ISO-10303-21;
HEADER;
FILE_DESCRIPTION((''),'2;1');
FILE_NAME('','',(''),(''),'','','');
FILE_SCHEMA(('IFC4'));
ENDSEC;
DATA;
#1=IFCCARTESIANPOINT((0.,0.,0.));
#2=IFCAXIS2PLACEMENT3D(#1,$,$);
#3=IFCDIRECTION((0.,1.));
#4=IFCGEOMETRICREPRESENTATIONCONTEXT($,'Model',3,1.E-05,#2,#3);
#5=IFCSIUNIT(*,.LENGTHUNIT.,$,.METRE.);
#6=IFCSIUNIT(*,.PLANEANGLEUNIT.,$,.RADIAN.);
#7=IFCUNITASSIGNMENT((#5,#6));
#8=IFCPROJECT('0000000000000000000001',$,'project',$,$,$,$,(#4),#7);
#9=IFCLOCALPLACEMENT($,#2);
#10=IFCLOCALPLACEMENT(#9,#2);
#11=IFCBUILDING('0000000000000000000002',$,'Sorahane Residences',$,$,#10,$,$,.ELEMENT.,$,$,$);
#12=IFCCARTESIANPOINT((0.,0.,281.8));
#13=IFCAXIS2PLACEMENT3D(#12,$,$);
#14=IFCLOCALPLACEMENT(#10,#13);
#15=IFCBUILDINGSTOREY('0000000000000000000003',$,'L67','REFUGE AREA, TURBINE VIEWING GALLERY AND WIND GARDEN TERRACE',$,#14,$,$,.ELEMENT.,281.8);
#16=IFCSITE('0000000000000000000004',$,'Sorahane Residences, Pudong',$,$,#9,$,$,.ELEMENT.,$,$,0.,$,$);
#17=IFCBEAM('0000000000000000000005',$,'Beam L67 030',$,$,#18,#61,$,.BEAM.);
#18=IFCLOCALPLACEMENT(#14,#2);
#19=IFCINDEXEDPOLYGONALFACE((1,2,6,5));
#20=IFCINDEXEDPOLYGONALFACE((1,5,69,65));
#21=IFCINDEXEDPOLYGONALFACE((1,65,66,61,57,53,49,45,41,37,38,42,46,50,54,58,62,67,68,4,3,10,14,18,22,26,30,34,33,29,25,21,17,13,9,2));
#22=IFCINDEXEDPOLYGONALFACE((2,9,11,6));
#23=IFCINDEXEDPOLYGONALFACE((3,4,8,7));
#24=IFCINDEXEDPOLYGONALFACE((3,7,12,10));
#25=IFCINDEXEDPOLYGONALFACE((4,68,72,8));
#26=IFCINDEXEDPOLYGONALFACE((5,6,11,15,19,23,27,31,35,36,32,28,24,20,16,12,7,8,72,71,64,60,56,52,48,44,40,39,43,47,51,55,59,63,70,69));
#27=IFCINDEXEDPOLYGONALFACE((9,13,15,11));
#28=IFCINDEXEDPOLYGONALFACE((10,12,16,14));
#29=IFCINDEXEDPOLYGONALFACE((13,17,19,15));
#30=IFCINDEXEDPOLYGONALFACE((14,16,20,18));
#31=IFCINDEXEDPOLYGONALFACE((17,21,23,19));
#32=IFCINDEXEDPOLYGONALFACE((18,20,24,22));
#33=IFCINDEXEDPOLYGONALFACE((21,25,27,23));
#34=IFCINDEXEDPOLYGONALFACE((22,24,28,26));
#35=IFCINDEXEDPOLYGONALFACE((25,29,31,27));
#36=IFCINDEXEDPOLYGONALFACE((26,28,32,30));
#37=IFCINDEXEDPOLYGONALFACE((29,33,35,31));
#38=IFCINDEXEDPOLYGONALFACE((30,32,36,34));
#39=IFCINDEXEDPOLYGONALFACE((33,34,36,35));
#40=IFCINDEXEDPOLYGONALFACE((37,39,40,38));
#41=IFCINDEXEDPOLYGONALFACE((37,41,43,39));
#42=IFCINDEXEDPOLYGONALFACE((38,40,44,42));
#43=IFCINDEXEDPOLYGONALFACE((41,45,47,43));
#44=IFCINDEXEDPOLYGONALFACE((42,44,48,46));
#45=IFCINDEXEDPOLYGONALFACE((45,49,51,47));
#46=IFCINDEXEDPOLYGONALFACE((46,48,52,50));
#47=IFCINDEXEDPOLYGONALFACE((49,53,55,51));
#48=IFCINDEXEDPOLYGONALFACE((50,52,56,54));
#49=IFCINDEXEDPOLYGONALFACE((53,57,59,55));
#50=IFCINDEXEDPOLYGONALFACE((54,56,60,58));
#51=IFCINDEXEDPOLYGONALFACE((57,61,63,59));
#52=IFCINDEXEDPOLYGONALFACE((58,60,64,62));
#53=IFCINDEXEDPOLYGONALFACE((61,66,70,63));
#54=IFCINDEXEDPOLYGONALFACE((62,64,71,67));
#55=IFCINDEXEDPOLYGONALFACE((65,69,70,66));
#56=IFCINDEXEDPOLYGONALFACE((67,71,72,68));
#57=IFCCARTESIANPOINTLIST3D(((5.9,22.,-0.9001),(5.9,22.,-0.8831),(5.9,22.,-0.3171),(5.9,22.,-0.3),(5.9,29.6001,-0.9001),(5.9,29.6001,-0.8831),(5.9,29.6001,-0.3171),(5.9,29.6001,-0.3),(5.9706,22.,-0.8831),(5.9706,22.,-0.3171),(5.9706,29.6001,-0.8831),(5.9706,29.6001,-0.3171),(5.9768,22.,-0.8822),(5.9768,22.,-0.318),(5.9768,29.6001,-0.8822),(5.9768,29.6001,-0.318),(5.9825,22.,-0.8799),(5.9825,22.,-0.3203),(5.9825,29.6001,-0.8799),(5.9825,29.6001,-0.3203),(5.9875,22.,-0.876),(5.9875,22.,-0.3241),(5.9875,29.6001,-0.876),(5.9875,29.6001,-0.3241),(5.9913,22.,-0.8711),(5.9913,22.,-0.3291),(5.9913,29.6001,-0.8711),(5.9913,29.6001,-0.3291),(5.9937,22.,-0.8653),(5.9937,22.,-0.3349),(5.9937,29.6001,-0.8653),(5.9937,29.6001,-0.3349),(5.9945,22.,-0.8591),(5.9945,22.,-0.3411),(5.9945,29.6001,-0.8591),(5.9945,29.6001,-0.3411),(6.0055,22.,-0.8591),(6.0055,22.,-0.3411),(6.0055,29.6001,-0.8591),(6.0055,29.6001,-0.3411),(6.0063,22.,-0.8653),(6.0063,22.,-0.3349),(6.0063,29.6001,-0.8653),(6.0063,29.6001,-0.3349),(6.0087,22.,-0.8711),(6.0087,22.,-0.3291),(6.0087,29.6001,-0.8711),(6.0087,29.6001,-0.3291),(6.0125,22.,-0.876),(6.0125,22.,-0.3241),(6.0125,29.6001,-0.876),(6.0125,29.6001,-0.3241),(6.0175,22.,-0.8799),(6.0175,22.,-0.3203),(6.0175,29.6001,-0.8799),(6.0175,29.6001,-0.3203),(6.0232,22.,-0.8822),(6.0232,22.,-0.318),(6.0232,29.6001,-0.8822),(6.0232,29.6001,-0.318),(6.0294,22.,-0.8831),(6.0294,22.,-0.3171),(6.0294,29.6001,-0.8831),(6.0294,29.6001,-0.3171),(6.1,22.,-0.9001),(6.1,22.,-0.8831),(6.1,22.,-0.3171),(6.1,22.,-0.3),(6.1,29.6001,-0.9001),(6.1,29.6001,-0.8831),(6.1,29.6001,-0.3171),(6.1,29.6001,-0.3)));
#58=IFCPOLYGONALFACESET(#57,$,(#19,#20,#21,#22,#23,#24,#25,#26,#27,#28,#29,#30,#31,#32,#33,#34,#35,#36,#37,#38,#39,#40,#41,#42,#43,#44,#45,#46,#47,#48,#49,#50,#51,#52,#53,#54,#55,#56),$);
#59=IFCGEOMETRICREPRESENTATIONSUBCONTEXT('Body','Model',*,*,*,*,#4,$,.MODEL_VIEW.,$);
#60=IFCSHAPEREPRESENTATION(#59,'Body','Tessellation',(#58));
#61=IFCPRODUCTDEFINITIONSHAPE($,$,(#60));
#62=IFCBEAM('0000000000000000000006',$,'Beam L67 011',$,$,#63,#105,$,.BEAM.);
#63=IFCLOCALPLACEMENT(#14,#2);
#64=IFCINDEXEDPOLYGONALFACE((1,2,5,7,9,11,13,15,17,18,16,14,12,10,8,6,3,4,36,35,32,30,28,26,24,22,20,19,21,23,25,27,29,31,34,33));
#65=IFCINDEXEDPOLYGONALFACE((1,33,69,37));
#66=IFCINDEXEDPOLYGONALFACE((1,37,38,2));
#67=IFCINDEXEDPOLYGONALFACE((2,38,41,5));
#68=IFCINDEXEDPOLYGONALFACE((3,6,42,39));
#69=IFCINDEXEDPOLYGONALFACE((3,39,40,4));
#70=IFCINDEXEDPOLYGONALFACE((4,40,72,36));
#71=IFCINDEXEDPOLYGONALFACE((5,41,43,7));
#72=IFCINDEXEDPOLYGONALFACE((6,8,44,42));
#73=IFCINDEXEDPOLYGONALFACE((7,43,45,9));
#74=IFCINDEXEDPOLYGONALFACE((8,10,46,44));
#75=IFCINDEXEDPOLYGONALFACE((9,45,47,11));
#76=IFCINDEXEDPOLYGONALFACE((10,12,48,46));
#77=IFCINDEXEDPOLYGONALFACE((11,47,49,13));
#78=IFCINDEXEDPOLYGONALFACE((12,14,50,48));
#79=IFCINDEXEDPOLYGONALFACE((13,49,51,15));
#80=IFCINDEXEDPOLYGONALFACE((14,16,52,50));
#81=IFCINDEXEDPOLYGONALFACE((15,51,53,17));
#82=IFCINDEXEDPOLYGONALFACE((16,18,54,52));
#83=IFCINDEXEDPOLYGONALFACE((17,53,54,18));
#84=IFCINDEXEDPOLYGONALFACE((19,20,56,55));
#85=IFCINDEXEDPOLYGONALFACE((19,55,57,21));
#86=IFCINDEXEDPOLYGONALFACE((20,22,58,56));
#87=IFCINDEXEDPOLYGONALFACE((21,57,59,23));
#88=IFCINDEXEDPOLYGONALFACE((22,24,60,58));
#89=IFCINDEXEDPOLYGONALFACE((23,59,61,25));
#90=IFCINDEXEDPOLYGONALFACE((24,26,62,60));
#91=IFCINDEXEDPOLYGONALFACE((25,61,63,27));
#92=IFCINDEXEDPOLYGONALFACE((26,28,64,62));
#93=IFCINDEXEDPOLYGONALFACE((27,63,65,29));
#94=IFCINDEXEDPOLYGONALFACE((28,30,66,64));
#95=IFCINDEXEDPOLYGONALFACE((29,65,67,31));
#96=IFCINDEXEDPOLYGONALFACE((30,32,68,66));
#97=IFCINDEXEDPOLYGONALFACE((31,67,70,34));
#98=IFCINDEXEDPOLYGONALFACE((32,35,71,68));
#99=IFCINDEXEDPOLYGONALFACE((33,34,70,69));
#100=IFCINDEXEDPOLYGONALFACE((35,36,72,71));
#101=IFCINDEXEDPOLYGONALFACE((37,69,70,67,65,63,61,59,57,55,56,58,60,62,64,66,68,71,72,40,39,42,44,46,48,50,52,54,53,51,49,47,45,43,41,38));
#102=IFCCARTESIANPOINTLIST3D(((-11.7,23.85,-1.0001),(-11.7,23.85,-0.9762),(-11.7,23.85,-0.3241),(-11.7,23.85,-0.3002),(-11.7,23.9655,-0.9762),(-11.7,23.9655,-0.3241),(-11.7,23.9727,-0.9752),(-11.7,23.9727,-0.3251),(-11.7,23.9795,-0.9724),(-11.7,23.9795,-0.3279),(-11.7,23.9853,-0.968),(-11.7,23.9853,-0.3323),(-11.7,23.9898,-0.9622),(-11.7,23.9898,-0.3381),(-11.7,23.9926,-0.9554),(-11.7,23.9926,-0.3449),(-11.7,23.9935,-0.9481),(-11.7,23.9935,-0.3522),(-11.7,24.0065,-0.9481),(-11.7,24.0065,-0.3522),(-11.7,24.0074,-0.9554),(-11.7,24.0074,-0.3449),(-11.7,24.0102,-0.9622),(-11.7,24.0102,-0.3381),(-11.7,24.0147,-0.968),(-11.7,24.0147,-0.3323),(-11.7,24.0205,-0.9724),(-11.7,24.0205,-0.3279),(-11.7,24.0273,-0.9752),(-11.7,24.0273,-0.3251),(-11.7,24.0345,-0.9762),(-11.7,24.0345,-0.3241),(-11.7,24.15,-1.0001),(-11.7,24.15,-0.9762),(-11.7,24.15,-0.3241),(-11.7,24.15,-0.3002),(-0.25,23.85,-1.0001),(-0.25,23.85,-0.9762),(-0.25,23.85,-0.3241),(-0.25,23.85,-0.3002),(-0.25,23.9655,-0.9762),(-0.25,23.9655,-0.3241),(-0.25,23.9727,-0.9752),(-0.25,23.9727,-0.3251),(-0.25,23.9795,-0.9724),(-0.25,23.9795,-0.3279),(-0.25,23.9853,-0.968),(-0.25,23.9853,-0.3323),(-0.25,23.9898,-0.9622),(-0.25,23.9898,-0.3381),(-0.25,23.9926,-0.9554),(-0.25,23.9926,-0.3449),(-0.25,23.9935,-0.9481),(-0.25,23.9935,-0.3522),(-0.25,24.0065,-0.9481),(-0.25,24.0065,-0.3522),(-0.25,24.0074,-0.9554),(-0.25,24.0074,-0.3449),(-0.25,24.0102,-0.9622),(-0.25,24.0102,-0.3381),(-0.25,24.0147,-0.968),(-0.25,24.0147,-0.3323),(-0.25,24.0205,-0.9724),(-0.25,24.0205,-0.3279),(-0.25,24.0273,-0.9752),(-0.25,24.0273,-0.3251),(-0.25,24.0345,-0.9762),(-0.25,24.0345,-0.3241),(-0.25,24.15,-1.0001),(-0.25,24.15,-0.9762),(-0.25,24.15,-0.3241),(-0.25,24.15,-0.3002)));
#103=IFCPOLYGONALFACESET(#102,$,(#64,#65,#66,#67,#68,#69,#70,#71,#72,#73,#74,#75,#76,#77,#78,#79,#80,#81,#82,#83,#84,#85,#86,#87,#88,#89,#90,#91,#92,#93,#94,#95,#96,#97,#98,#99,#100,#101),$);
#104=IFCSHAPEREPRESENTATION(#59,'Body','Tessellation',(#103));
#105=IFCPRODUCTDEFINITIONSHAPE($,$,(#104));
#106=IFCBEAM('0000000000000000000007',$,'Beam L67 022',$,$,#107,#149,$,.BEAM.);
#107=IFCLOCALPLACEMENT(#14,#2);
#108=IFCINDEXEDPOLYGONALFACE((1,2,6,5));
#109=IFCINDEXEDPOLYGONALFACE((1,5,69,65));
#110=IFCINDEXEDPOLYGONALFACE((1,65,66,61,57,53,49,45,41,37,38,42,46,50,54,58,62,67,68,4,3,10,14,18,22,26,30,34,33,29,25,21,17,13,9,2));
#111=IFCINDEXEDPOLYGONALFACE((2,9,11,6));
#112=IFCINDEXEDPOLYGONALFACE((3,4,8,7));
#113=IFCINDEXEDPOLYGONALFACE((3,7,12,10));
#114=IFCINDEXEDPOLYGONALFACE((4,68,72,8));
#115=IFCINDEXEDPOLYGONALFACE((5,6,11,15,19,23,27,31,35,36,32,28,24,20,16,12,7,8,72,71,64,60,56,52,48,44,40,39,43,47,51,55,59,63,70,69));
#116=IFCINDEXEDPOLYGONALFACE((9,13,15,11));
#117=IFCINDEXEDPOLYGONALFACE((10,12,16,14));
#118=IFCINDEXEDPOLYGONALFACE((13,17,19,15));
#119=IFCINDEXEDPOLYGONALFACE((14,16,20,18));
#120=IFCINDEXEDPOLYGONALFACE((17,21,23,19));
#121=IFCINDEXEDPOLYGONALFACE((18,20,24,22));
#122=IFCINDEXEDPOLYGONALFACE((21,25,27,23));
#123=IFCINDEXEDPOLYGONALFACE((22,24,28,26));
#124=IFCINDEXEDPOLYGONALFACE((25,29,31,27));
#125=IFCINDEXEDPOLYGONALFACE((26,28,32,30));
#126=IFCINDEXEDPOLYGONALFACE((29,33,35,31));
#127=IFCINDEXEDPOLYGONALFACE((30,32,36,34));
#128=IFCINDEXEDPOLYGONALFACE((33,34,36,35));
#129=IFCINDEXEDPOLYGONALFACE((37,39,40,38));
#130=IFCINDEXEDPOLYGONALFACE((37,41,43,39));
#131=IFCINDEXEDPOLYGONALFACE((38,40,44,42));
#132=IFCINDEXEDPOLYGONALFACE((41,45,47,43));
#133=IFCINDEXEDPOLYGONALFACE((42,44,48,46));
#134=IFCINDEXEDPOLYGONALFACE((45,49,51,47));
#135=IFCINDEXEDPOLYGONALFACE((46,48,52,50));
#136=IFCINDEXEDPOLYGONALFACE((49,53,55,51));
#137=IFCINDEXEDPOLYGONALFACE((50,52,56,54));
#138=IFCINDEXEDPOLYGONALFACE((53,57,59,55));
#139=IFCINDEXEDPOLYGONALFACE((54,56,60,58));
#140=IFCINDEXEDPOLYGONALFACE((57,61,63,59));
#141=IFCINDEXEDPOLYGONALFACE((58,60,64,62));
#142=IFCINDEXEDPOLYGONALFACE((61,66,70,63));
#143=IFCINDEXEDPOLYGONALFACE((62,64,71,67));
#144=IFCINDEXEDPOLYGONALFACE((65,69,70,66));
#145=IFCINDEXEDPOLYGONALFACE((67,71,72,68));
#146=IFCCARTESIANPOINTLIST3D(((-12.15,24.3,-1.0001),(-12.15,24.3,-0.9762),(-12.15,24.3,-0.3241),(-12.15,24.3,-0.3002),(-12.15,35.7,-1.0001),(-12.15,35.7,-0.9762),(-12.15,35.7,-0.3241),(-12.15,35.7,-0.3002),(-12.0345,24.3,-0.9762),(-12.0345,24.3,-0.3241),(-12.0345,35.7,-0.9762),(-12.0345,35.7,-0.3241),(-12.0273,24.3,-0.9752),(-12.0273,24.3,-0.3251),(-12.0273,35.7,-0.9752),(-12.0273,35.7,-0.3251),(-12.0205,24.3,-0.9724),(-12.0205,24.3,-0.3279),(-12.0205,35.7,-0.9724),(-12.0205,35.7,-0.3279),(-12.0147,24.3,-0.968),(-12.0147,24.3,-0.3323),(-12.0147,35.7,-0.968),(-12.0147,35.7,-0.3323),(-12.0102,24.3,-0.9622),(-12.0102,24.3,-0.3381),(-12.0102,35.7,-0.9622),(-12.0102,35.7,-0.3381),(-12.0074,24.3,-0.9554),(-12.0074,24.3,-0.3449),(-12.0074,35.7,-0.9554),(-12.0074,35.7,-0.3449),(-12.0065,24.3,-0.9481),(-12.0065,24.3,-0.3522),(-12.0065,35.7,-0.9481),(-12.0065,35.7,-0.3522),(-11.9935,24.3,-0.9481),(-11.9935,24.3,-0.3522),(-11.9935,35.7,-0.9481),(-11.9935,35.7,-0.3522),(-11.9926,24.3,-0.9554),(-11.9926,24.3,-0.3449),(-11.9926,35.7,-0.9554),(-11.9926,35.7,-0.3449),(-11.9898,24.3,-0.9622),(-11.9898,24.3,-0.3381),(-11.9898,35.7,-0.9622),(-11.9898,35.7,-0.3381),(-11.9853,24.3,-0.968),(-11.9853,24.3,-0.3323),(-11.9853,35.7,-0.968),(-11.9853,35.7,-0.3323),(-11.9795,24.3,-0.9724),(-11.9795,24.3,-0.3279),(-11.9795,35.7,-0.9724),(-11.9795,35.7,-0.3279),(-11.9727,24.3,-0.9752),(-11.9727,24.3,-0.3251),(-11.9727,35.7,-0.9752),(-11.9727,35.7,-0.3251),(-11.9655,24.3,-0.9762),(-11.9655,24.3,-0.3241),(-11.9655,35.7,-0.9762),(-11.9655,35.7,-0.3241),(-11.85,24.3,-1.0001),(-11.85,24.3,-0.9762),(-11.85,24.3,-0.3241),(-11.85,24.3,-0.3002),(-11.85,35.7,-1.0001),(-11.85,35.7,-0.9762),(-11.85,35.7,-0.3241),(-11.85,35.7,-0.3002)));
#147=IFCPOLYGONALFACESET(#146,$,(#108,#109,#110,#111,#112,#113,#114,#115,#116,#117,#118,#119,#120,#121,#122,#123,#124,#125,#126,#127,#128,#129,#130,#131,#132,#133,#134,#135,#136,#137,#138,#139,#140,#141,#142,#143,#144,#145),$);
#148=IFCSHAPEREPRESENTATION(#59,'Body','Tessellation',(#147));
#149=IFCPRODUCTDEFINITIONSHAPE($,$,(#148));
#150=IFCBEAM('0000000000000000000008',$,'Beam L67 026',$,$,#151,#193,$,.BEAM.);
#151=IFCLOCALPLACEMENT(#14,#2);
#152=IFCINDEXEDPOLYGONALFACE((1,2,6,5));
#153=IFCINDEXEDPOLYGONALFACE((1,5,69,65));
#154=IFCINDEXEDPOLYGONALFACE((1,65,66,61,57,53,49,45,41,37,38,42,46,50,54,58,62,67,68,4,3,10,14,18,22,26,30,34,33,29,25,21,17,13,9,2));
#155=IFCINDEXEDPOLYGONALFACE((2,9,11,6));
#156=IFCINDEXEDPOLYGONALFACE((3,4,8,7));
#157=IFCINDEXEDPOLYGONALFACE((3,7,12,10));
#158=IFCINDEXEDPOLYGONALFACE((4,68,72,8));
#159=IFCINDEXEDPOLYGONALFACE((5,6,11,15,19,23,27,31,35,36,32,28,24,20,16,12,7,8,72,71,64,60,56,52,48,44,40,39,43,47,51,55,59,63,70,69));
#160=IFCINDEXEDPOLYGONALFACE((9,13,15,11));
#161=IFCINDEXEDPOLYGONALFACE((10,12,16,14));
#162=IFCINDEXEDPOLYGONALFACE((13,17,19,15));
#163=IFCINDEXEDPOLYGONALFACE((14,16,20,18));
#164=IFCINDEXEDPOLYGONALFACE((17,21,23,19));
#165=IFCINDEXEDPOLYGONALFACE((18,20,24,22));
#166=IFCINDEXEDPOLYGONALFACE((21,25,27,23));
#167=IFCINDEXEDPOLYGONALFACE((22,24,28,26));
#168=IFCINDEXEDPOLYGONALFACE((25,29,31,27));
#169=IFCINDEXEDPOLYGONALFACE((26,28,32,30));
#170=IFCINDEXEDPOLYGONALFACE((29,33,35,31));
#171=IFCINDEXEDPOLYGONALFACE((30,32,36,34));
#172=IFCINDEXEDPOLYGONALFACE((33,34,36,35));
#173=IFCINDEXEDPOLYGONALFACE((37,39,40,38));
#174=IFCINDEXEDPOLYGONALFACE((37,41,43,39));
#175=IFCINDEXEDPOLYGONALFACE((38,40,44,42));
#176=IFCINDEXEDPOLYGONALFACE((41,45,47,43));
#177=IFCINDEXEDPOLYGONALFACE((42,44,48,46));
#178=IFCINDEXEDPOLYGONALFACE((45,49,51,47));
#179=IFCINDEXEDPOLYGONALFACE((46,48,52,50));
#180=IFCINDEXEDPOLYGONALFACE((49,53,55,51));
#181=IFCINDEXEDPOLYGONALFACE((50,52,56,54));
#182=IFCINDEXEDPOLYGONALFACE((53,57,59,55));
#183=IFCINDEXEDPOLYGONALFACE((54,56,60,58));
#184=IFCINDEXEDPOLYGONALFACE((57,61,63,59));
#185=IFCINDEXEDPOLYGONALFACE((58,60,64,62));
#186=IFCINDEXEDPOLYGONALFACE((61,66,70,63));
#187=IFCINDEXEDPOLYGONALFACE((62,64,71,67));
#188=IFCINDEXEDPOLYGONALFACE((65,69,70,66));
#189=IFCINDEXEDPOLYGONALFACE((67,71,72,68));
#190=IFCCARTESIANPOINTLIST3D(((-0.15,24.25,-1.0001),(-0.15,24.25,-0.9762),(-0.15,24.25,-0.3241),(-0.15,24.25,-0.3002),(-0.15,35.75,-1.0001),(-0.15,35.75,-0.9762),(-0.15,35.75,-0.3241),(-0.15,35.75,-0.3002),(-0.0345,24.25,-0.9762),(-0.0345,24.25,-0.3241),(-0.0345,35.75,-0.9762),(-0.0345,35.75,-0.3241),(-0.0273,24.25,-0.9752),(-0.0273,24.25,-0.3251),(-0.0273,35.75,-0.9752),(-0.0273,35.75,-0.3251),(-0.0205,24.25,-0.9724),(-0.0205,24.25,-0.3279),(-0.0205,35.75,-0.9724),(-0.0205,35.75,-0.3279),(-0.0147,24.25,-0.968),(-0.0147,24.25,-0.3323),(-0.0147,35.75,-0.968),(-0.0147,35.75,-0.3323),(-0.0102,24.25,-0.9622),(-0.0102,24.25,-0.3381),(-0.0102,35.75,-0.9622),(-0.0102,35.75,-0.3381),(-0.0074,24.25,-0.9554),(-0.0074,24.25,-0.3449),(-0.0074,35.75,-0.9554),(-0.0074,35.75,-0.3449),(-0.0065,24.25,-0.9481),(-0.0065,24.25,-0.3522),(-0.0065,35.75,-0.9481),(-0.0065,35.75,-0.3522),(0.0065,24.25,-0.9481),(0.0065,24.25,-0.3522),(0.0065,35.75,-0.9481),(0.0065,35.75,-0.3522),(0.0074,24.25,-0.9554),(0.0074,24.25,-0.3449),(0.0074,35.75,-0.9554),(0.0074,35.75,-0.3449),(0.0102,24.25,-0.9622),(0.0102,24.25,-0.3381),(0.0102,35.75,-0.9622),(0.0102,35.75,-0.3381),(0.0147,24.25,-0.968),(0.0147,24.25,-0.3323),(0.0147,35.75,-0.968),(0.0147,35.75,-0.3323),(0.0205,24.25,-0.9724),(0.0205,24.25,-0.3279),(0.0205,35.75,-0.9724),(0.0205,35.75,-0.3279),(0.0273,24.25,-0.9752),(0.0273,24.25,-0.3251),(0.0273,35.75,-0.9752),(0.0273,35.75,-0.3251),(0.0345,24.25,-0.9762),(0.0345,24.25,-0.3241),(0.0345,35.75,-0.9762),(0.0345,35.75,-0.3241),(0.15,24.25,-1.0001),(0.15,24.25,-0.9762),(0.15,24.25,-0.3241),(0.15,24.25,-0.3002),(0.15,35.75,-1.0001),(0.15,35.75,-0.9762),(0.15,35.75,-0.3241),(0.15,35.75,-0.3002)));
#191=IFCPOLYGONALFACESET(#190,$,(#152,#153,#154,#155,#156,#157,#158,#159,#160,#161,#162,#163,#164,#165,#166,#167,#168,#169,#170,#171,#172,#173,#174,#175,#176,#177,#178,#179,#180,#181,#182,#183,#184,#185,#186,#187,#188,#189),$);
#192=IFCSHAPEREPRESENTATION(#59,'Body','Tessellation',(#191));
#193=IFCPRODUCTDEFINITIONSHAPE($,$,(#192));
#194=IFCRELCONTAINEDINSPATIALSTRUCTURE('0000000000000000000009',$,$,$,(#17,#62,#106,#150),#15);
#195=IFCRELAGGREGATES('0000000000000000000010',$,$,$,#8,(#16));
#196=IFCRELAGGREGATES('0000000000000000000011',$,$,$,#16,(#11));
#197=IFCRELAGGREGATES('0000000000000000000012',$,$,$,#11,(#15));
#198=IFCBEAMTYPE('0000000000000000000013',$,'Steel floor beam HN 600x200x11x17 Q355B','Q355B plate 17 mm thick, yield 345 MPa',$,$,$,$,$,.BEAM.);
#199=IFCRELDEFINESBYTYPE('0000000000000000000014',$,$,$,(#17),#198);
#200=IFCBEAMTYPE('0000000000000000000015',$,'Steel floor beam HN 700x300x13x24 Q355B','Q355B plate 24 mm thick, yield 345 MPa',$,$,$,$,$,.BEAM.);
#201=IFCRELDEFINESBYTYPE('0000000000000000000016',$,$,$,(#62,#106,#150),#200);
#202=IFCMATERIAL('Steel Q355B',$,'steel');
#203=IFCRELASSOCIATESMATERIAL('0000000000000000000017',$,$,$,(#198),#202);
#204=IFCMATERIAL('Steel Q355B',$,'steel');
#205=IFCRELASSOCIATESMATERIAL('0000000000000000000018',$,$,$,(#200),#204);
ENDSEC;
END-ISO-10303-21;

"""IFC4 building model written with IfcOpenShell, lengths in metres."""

from ifc_helpers import new_model, si_unit, direction, frame, origin, origin_2d, place, context, subcontext, project, spatial, i_section, extrude, material, material_profile, profile_set, type_object, element, save


model = new_model("IFC4")

# Units and contexts
model_context = context("Model", 3, precision=1e-05, world=origin(), true_north=direction((0.0, 1.0)))
body_context = subcontext(model_context, "Body", "Model", "MODEL_VIEW")
ifc_project = project(units=[si_unit("LENGTHUNIT", "METRE"), si_unit("PLANEANGLEUNIT", "RADIAN")], contexts=[model_context])

# Site, building, storey
site_placement = place(None, origin())
site = spatial("IfcSite", under=ifc_project, at=site_placement, Name="Sorahane Residences, Pudong", CompositionType="ELEMENT", RefElevation=0.0)
building_placement = place(site_placement, origin())
building = spatial("IfcBuilding", under=site, at=building_placement, Name="Sorahane Residences", CompositionType="ELEMENT")
storey_placement = place(building_placement, frame((0.0, 0.0, 281.8)))
storey = spatial("IfcBuildingStorey", under=building, at=storey_placement, Name="L67", Description="REFUGE AREA, TURBINE VIEWING GALLERY AND WIND GARDEN TERRACE", CompositionType="ELEMENT", Elevation=281.8)

# Beams
ifc_material_1 = material(Name="Steel Q355B", Category="steel")
ifc_material_profile_1 = material_profile(ifc_material_1, i_section(OverallWidth=0.2, OverallDepth=0.6001, WebThickness=0.011, FlangeThickness=0.0171, FilletRadius=0.0239, at=origin_2d()), Name="HN 600x200x11x17")
ifc_profile_set_1 = profile_set([ifc_material_profile_1], Name="Steel Q355B")
beam_type_1 = type_object("IfcBeamType", Name="Steel floor beam HN 600x200x11x17 Q355B", Description="Q355B plate 17 mm thick, yield 345 MPa", PredefinedType="BEAM", material=ifc_profile_set_1)
beam_1_placement = place(storey_placement, frame((6.0, 22.0, -0.6001), z_axis=(0.0, 1.0, 0.0), x_axis=(-1.0, 0.0, 0.0)))
element("IfcBeam", 1, at=beam_1_placement, inside=storey, type_object=beam_type_1, Name="Beam L67 030", PredefinedType="BEAM", context=body_context, shape_type="SweptSolid", body=[
    extrude(i_section(OverallWidth=0.2, OverallDepth=0.6001, WebThickness=0.011, FlangeThickness=0.0171, FilletRadius=0.0239, at=origin_2d()), origin(), (0.0, 0.0, 1.0), 7.6001),
])
ifc_material_2 = material(Name="Steel Q355B", Category="steel")
ifc_material_profile_2 = material_profile(ifc_material_2, i_section(OverallWidth=0.3, OverallDepth=0.7, WebThickness=0.0129, FlangeThickness=0.0239, FilletRadius=0.0281, at=origin_2d()), Name="HN 700x300x13x24")
ifc_profile_set_2 = profile_set([ifc_material_profile_2], Name="Steel Q355B")
beam_type_2 = type_object("IfcBeamType", Name="Steel floor beam HN 700x300x13x24 Q355B", Description="Q355B plate 24 mm thick, yield 345 MPa", PredefinedType="BEAM", material=ifc_profile_set_2)
beam_2_placement = place(storey_placement, frame((-11.7, 24.0, -0.6501), z_axis=(1.0, 0.0, 0.0), x_axis=(0.0, 1.0, 0.0)))
element("IfcBeam", 2, at=beam_2_placement, inside=storey, type_object=beam_type_2, Name="Beam L67 011", PredefinedType="BEAM", context=body_context, shape_type="SweptSolid", body=[
    extrude(i_section(OverallWidth=0.3, OverallDepth=0.7, WebThickness=0.0129, FlangeThickness=0.0239, FilletRadius=0.0281, at=origin_2d()), origin(), (0.0, 0.0, 1.0), 11.45),
])
beam_3_placement = place(storey_placement, frame((-12.0, 24.3, -0.6501), z_axis=(0.0, 1.0, 0.0), x_axis=(-1.0, 0.0, 0.0)))
element("IfcBeam", 3, at=beam_3_placement, inside=storey, type_object=beam_type_2, Name="Beam L67 022", PredefinedType="BEAM", context=body_context, shape_type="SweptSolid", body=[
    extrude(i_section(OverallWidth=0.3, OverallDepth=0.7, WebThickness=0.0129, FlangeThickness=0.0239, FilletRadius=0.0281, at=origin_2d()), origin(), (0.0, 0.0, 1.0), 11.3999),
])
beam_4_placement = place(storey_placement, frame((0.0, 24.25, -0.6501), z_axis=(0.0, 1.0, 0.0), x_axis=(-1.0, 0.0, 0.0)))
element("IfcBeam", 4, at=beam_4_placement, inside=storey, type_object=beam_type_2, Name="Beam L67 026", PredefinedType="BEAM", context=body_context, shape_type="SweptSolid", body=[
    extrude(i_section(OverallWidth=0.3, OverallDepth=0.7, WebThickness=0.0129, FlangeThickness=0.0239, FilletRadius=0.0281, at=origin_2d()), origin(), (0.0, 0.0, 1.0), 11.5),
])

save(model, "model.ifc")
